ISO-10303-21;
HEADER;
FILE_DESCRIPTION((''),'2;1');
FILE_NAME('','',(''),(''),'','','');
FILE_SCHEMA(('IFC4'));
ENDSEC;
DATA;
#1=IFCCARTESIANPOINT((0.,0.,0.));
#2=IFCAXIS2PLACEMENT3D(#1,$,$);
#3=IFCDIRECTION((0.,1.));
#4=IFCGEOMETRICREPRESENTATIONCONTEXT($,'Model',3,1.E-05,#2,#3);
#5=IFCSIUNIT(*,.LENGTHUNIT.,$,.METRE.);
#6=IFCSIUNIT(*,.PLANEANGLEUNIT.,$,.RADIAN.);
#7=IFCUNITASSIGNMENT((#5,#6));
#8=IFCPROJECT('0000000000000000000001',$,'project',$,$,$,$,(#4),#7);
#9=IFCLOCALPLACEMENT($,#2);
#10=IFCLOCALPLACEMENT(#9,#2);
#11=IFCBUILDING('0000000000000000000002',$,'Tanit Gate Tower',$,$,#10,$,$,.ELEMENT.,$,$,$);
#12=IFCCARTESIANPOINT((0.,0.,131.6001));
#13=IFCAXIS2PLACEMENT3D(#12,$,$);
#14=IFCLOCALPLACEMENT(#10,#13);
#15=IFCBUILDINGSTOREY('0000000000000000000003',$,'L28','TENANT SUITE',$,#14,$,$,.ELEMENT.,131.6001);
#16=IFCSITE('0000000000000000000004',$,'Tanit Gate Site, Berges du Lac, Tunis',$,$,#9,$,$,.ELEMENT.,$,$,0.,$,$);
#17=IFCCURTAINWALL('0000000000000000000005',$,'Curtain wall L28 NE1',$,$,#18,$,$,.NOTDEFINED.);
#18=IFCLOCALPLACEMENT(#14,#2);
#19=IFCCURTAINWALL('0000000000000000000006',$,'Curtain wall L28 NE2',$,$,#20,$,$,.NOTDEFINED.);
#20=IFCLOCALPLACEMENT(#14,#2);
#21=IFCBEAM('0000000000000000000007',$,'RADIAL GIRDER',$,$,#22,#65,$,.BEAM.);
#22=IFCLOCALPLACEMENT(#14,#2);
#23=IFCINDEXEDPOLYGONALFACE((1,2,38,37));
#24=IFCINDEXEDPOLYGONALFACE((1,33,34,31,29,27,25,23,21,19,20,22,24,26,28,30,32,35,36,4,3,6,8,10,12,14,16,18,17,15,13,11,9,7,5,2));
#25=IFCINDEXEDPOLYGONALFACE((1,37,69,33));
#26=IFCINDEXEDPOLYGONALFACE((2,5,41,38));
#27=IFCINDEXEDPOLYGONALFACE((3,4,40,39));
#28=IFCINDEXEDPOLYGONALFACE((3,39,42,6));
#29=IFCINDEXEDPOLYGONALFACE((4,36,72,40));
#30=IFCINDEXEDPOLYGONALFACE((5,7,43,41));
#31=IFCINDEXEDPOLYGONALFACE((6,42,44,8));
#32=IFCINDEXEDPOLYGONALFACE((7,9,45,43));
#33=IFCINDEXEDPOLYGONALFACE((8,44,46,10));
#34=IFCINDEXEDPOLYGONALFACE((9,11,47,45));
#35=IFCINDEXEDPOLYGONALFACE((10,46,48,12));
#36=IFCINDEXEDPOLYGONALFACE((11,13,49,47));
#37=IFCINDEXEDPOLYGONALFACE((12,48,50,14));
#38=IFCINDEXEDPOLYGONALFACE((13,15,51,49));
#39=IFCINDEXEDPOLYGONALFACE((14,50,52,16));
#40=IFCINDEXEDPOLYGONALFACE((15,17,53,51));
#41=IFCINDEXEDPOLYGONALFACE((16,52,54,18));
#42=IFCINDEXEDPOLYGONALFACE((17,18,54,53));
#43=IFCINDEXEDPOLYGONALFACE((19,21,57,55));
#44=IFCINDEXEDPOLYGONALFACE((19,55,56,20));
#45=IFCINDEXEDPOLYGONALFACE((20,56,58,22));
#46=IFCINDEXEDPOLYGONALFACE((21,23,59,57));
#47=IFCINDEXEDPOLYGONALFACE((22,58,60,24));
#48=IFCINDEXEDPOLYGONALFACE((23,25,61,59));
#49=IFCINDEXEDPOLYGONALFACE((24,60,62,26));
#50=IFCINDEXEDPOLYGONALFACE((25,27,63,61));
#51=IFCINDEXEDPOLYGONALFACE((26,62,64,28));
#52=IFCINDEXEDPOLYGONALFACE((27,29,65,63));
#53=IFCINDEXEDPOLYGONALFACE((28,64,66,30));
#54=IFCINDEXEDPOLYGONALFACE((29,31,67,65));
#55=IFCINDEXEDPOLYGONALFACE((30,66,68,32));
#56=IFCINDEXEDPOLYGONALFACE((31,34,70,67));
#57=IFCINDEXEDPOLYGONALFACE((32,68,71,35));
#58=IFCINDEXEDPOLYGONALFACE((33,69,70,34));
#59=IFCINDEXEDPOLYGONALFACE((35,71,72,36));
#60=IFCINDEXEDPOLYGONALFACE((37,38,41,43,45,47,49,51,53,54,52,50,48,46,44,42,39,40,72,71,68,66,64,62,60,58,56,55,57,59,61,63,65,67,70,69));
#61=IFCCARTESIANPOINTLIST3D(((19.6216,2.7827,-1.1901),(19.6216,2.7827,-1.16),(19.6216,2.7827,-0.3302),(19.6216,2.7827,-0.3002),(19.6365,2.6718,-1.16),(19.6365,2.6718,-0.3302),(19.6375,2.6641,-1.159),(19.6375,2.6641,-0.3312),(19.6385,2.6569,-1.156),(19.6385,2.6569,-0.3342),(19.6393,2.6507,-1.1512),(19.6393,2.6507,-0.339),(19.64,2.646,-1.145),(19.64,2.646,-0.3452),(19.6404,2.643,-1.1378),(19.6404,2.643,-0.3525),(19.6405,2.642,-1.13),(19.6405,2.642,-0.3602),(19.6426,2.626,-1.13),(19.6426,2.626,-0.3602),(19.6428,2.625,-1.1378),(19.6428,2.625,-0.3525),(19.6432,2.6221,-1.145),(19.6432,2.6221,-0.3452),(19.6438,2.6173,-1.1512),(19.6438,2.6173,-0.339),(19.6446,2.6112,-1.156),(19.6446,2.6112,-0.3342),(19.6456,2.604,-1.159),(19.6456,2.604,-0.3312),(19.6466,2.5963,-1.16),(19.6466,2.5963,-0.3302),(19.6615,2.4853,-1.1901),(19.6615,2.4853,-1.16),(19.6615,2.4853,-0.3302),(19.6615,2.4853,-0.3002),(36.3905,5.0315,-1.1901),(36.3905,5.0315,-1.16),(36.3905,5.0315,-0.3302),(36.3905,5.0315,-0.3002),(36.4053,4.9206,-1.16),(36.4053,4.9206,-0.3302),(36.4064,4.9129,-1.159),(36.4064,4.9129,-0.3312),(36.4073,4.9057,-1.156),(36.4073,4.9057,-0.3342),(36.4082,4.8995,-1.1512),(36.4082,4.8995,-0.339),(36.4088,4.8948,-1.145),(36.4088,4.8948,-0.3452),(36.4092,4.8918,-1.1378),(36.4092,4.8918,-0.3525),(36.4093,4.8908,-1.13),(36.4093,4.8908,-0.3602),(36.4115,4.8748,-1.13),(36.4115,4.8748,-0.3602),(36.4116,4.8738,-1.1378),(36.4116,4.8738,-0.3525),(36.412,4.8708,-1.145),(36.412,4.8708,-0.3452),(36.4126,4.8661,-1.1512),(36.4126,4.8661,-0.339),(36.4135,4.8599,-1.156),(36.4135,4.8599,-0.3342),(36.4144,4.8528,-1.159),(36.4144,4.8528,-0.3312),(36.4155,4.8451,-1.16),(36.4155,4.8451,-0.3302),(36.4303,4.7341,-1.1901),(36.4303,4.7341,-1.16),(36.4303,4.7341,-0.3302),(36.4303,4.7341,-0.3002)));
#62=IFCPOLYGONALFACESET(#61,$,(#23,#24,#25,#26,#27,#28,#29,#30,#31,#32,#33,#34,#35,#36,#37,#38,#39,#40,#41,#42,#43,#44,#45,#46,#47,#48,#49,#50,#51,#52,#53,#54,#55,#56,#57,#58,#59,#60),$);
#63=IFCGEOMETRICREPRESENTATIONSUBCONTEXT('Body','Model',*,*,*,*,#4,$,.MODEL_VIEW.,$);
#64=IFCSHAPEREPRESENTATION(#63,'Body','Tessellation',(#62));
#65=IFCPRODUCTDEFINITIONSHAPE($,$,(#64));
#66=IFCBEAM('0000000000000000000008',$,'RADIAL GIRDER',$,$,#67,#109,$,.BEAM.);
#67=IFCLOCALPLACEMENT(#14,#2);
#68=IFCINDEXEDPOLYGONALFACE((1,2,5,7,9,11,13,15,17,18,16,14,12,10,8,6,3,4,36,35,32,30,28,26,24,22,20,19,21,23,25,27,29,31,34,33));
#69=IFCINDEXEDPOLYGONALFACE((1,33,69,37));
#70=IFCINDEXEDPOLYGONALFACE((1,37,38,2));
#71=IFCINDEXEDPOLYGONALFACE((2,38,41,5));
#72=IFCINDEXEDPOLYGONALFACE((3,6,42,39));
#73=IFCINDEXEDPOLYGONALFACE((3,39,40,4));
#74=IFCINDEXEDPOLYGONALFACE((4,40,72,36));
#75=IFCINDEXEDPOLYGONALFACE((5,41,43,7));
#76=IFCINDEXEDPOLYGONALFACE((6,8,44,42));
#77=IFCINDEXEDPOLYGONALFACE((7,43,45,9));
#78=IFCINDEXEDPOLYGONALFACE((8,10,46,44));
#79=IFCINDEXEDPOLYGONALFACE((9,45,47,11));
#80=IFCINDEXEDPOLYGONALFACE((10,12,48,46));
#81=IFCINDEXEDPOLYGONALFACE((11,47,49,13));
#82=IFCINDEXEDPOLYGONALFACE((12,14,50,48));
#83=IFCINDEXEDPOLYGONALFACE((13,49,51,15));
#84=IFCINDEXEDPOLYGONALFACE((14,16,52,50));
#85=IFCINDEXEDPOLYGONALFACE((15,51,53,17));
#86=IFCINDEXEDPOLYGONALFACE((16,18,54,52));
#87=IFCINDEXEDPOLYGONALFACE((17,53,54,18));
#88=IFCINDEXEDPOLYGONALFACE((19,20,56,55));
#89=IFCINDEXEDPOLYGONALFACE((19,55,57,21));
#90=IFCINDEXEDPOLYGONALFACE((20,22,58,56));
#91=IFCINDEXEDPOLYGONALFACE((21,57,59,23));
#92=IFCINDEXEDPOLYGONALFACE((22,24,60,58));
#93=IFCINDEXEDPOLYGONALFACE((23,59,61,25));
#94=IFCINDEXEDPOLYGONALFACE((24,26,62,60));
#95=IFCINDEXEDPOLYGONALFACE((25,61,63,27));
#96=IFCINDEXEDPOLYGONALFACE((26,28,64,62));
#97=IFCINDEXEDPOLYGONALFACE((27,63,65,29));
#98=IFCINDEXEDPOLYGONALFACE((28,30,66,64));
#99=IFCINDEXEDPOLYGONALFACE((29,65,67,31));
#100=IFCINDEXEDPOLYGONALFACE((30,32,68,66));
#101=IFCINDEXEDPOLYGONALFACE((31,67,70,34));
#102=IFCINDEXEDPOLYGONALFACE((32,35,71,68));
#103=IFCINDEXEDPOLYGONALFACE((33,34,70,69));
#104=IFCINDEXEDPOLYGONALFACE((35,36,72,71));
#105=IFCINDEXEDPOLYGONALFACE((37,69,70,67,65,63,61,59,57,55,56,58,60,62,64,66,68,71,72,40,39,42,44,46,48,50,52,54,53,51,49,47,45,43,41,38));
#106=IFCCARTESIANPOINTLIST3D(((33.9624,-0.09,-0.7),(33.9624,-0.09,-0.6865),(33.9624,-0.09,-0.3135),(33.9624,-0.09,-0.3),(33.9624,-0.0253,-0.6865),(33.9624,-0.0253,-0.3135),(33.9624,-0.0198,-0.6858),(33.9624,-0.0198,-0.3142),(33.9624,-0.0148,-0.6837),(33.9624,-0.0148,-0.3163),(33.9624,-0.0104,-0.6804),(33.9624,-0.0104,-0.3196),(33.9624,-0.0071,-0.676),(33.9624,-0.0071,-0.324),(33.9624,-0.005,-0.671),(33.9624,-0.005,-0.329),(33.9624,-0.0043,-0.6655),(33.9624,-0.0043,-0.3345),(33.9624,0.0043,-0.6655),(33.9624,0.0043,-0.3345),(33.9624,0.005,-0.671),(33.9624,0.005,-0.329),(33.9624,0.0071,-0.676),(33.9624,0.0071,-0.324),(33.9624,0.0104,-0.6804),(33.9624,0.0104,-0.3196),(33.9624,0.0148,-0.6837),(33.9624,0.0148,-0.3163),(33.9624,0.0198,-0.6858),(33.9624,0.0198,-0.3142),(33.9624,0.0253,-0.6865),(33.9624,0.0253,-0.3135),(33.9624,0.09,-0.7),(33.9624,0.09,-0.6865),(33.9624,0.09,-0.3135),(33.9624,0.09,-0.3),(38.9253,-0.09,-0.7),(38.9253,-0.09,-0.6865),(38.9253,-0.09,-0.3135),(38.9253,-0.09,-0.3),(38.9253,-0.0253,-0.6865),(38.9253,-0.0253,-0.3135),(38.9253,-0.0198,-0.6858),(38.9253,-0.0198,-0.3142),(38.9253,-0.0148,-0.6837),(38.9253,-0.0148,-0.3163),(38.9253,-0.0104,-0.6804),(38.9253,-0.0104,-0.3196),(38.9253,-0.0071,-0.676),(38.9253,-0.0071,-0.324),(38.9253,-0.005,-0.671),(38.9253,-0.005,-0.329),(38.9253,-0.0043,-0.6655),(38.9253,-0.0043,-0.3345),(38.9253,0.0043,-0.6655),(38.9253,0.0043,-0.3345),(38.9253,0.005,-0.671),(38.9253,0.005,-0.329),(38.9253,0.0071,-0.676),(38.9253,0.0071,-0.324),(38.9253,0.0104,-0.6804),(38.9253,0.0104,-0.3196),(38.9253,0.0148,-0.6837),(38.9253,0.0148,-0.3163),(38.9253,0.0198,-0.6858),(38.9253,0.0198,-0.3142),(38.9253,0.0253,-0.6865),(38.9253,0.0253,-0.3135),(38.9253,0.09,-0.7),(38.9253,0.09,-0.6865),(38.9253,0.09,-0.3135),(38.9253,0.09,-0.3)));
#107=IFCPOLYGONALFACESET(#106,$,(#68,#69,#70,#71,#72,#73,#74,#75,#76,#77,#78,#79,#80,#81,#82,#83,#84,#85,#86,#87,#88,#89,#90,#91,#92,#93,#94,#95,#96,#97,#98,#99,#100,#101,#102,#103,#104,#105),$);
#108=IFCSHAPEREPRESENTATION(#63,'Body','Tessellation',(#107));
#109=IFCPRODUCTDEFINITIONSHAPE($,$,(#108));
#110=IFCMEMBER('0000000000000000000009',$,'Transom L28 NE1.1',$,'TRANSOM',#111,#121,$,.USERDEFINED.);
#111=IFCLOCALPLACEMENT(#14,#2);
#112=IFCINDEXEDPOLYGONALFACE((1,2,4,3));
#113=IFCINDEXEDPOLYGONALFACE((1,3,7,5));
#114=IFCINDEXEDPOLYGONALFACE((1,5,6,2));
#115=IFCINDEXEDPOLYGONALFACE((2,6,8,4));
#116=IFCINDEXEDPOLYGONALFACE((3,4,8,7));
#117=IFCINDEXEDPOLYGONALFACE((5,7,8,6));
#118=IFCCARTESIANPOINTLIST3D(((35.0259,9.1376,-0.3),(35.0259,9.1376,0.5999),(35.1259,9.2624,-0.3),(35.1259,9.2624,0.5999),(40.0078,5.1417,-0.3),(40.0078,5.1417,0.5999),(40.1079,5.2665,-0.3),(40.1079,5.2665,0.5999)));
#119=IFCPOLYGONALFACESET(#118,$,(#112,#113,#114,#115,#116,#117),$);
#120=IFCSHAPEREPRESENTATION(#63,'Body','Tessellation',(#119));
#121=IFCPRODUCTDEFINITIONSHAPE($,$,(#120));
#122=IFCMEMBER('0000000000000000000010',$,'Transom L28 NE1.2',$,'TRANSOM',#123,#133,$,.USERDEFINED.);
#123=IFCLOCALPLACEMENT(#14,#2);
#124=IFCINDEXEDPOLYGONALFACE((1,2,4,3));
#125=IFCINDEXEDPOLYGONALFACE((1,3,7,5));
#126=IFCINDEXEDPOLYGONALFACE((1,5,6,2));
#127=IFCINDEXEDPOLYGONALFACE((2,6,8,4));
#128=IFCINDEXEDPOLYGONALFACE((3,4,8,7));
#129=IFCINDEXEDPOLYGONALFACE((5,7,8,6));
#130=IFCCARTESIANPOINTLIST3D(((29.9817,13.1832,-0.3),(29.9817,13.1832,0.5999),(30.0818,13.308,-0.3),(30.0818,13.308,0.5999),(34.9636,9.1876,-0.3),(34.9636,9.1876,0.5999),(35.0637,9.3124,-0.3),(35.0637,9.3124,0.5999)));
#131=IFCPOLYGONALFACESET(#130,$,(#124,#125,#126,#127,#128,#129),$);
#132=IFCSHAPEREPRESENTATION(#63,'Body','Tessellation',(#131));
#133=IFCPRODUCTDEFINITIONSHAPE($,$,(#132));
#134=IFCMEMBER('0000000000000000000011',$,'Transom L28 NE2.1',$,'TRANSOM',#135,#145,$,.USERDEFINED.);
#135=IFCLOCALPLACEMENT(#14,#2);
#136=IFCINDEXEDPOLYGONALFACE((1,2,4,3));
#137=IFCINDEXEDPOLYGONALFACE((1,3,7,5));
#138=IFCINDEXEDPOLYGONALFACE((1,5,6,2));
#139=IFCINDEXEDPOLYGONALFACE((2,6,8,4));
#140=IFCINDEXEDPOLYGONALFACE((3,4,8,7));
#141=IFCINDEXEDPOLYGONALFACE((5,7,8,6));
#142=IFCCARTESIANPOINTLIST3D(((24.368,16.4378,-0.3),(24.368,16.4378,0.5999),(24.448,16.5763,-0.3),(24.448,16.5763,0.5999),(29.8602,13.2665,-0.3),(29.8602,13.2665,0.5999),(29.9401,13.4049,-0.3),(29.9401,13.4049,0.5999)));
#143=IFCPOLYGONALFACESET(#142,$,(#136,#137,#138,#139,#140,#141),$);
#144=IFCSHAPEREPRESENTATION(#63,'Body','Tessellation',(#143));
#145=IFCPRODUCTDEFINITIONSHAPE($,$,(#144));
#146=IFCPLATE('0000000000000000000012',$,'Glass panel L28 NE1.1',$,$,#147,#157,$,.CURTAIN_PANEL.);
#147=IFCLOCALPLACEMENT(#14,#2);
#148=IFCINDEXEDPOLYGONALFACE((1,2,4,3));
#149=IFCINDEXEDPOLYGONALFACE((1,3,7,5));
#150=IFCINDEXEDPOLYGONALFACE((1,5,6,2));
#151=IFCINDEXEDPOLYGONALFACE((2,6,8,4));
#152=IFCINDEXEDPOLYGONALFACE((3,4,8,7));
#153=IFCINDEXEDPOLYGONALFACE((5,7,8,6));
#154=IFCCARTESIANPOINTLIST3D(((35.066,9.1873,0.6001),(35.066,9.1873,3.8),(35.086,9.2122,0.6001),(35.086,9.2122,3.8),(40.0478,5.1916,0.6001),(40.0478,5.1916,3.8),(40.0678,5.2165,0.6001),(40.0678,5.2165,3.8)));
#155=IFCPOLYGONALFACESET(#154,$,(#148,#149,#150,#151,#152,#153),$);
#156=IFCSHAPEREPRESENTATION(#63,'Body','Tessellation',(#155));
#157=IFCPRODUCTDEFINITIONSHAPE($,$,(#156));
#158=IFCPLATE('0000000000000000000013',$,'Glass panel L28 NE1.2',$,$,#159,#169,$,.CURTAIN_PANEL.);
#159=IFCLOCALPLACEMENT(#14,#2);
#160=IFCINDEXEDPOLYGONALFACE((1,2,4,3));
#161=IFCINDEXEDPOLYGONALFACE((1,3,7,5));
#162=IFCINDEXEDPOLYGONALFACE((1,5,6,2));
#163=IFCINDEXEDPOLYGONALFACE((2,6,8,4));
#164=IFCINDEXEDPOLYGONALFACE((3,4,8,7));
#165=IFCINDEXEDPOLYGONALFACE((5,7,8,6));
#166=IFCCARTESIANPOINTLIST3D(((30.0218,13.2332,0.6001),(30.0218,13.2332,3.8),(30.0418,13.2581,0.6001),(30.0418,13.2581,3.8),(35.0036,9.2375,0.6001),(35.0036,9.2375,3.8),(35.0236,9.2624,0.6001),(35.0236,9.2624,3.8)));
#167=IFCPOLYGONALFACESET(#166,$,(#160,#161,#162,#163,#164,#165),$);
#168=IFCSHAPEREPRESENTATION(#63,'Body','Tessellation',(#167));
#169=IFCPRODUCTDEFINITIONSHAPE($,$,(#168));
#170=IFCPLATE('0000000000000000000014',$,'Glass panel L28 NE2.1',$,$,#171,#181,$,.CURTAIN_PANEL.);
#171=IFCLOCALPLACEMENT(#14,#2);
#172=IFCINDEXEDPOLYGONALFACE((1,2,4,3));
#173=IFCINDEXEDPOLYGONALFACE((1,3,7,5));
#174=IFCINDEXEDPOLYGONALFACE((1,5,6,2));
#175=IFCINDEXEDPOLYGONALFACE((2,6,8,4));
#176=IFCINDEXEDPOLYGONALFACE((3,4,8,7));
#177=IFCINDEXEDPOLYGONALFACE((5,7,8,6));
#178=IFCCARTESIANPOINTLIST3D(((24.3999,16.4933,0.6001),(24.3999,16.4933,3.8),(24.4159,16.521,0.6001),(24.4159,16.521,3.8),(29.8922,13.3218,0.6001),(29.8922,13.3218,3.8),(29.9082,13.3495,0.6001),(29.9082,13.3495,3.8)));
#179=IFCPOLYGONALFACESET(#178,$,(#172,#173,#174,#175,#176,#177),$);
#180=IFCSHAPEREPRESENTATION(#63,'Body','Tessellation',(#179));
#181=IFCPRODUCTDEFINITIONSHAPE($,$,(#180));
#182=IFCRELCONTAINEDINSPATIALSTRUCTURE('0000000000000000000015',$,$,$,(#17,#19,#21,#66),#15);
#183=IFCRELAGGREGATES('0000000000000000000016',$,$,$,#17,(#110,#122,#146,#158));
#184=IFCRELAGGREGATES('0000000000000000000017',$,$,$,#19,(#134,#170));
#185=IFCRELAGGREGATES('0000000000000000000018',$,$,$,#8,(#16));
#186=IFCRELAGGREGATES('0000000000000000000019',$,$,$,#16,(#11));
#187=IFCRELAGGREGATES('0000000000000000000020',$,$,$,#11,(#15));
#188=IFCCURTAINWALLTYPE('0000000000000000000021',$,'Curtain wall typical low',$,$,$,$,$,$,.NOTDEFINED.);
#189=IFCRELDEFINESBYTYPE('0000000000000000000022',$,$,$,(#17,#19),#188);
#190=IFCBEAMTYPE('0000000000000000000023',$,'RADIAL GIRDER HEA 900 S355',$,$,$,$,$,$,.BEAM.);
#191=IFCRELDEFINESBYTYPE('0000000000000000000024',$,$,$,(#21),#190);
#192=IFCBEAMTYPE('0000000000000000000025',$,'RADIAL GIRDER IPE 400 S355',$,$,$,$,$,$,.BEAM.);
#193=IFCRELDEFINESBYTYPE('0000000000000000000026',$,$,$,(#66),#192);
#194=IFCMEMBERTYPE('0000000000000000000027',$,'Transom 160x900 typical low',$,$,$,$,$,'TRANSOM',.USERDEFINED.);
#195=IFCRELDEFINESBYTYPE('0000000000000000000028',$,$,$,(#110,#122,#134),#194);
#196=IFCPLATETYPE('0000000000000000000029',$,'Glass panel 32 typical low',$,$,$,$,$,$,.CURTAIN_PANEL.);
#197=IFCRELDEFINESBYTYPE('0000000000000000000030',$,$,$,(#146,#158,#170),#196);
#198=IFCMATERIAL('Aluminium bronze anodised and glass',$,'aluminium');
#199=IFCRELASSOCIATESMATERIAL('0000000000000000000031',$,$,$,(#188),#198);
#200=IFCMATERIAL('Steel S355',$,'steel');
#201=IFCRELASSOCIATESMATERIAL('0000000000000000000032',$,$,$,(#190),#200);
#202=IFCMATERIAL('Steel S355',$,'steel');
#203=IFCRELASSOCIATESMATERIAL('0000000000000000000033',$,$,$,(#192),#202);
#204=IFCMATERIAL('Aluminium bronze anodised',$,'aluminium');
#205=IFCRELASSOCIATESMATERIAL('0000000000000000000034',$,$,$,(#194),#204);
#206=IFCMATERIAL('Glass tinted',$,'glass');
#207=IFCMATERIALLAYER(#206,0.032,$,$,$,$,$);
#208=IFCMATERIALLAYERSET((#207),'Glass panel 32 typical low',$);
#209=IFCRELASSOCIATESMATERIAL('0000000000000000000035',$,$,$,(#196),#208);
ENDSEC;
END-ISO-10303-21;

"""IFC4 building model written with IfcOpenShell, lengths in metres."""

from ifc_helpers import new_model, si_unit, direction, frame, origin, origin_2d, place, context, subcontext, project, spatial, rectangle, i_section, extrude, material, layer, layer_set, material_profile, profile_set, type_object, element, aggregate, save


model = new_model("IFC4")

# Units and contexts
model_context = context("Model", 3, precision=1e-05, world=origin(), true_north=direction((0.0, 1.0)))
body_context = subcontext(model_context, "Body", "Model", "MODEL_VIEW")
ifc_project = project(units=[si_unit("LENGTHUNIT", "METRE"), si_unit("PLANEANGLEUNIT", "RADIAN")], contexts=[model_context])

# Site, building, storey
site_placement = place(None, origin())
site = spatial("IfcSite", under=ifc_project, at=site_placement, Name="Tanit Gate Site, Berges du Lac, Tunis", CompositionType="ELEMENT", RefElevation=0.0)
building_placement = place(site_placement, origin())
building = spatial("IfcBuilding", under=site, at=building_placement, Name="Tanit Gate Tower", CompositionType="ELEMENT")
storey_placement = place(building_placement, frame((0.0, 0.0, 131.6001)))
storey = spatial("IfcBuildingStorey", under=building, at=storey_placement, Name="L28", Description="TENANT SUITE", CompositionType="ELEMENT", Elevation=131.6001)

# Curtain walls
ifc_material_1 = material(Name="Aluminium bronze anodised and glass", Category="aluminium")
curtain_wall_type = type_object("IfcCurtainWallType", Name="Curtain wall typical low", PredefinedType="NOTDEFINED", material=ifc_material_1)
curtain_wall_1_placement = place(storey_placement, origin())
curtain_wall_1 = element("IfcCurtainWall", 1, at=curtain_wall_1_placement, inside=storey, type_object=curtain_wall_type, Name="Curtain wall L28 NE1", PredefinedType="NOTDEFINED")
curtain_wall_2_placement = place(storey_placement, origin())
curtain_wall_2 = element("IfcCurtainWall", 2, at=curtain_wall_2_placement, inside=storey, type_object=curtain_wall_type, Name="Curtain wall L28 NE2", PredefinedType="NOTDEFINED")

# Beams
ifc_material_2 = material(Name="Steel S355", Category="steel")
ifc_material_profile_1 = material_profile(ifc_material_2, i_section(OverallWidth=0.3, OverallDepth=0.8899, WebThickness=0.0161, FlangeThickness=0.03, FilletRadius=0.03, at=origin_2d()), Name="HEA 900")
ifc_profile_set_1 = profile_set([ifc_material_profile_1], Name="Steel S355")
beam_type_1 = type_object("IfcBeamType", Name="RADIAL GIRDER HEA 900 S355", PredefinedType="BEAM", material=ifc_profile_set_1)
beam_1_placement = place(storey_placement, frame((36.4104, 4.8828, -0.7451), z_axis=(-0.991127, -0.132915, 0.0), x_axis=(0.132915, -0.991127, 0.0)))
element("IfcBeam", 3, at=beam_1_placement, inside=storey, type_object=beam_type_1, Name="RADIAL GIRDER", PredefinedType="BEAM", context=body_context, shape_type="SweptSolid", body=[
    extrude(i_section(OverallWidth=0.3, OverallDepth=0.8899, WebThickness=0.0161, FlangeThickness=0.03, FilletRadius=0.03, at=origin_2d()), origin(), (0.0, 0.0, 1.0), 16.9189),
])
ifc_material_3 = material(Name="Steel S355", Category="steel")
ifc_material_profile_2 = material_profile(ifc_material_3, i_section(OverallWidth=0.1799, OverallDepth=0.3999, WebThickness=0.0085, FlangeThickness=0.0134, FilletRadius=0.021, at=origin_2d()), Name="IPE 400")
ifc_profile_set_2 = profile_set([ifc_material_profile_2], Name="Steel S355")
beam_type_2 = type_object("IfcBeamType", Name="RADIAL GIRDER IPE 400 S355", PredefinedType="BEAM", material=ifc_profile_set_2)
beam_2_placement = place(storey_placement, frame((38.9253, 0.0, -0.5), z_axis=(-1.0, 0.0, 0.0), x_axis=(0.0, -1.0, 0.0)))
element("IfcBeam", 4, at=beam_2_placement, inside=storey, type_object=beam_type_2, Name="RADIAL GIRDER", PredefinedType="BEAM", context=body_context, shape_type="SweptSolid", body=[
    extrude(i_section(OverallWidth=0.1799, OverallDepth=0.3999, WebThickness=0.0085, FlangeThickness=0.0134, FilletRadius=0.021, at=origin_2d()), origin(), (0.0, 0.0, 1.0), 4.9629),
])

# Members
ifc_material_4 = material(Name="Aluminium bronze anodised", Category="aluminium")
ifc_material_profile_3 = material_profile(ifc_material_4, rectangle(XDim=0.1599, YDim=0.8999, at=origin_2d()), Name="160x900 bronze transom")
ifc_profile_set_3 = profile_set([ifc_material_profile_3], Name="Aluminium bronze anodised")
member_type_1 = type_object("IfcMemberType", Name="Transom 160x900 typical low", ElementType="TRANSOM", PredefinedType="USERDEFINED", material=ifc_profile_set_3)
member_1_placement = place(storey_placement, frame((40.0579, 5.2041, 0.1499), z_axis=(-0.780081, 0.625678, 0.0), x_axis=(-0.625678, -0.780081, 0.0)))
member_1 = element("IfcMember", 5, at=member_1_placement, type_object=member_type_1, Name="Transom L28 NE1.1", ObjectType="TRANSOM", PredefinedType="USERDEFINED", context=body_context, shape_type="SweptSolid", body=[
    extrude(rectangle(XDim=0.1599, YDim=0.8999, at=origin_2d()), origin(), (0.0, 0.0, 1.0), 6.3865),
])
member_2_placement = place(storey_placement, frame((35.0137, 9.25, 0.1499), z_axis=(-0.7801, 0.625655, 0.0), x_axis=(-0.625655, -0.7801, 0.0)))
member_2 = element("IfcMember", 6, at=member_2_placement, type_object=member_type_1, Name="Transom L28 NE1.2", ObjectType="TRANSOM", PredefinedType="USERDEFINED", context=body_context, shape_type="SweptSolid", body=[
    extrude(rectangle(XDim=0.1599, YDim=0.8999, at=origin_2d()), origin(), (0.0, 0.0, 1.0), 6.3862),
])
member_3_placement = place(storey_placement, frame((29.9001, 13.3357, 0.1499), z_axis=(-0.865993, 0.500056, 0.0), x_axis=(-0.500056, -0.865993, 0.0)))
member_3 = element("IfcMember", 7, at=member_3_placement, type_object=member_type_1, Name="Transom L28 NE2.1", ObjectType="TRANSOM", PredefinedType="USERDEFINED", context=body_context, shape_type="SweptSolid", body=[
    extrude(rectangle(XDim=0.1599, YDim=0.8999, at=origin_2d()), origin(), (0.0, 0.0, 1.0), 6.342),
])

# Plates
ifc_material_5 = material(Name="Glass tinted", Category="glass")
ifc_layer_1 = layer(ifc_material_5, 0.032)
ifc_layer_set_1 = layer_set([ifc_layer_1], Name="Glass panel 32 typical low")
plate_type = type_object("IfcPlateType", Name="Glass panel 32 typical low", PredefinedType="CURTAIN_PANEL", material=ifc_layer_set_1)
plate_1_placement = place(storey_placement, frame((37.5669, 7.2019, 0.6001), z_axis=(0.0, 0.0, 1.0), x_axis=(-0.780085, 0.625674, 0.0)))
plate_1 = element("IfcPlate", 8, at=plate_1_placement, type_object=plate_type, Name="Glass panel L28 NE1.1", PredefinedType="CURTAIN_PANEL", context=body_context, shape_type="SweptSolid", body=[
    extrude(rectangle(XDim=6.3862, YDim=0.032, at=origin_2d()), origin(), (0.0, 0.0, 1.0), 3.2),
])
plate_2_placement = place(storey_placement, frame((32.5227, 11.2478, 0.6001), z_axis=(0.0, 0.0, 1.0), x_axis=(-0.780085, 0.625674, 0.0)))
plate_2 = element("IfcPlate", 9, at=plate_2_placement, type_object=plate_type, Name="Glass panel L28 NE1.2", PredefinedType="CURTAIN_PANEL", context=body_context, shape_type="SweptSolid", body=[
    extrude(rectangle(XDim=6.3862, YDim=0.032, at=origin_2d()), origin(), (0.0, 0.0, 1.0), 3.2),
])
aggregate(curtain_wall_1, [member_1, member_2, plate_1, plate_2])
plate_3_placement = place(storey_placement, frame((27.1541, 14.9214, 0.6001), z_axis=(0.0, 0.0, 1.0), x_axis=(-0.865991, 0.50006, 0.0)))
plate_3 = element("IfcPlate", 10, at=plate_3_placement, type_object=plate_type, Name="Glass panel L28 NE2.1", PredefinedType="CURTAIN_PANEL", context=body_context, shape_type="SweptSolid", body=[
    extrude(rectangle(XDim=6.3423, YDim=0.032, at=origin_2d()), origin(), (0.0, 0.0, 1.0), 3.2),
])
aggregate(curtain_wall_2, [member_3, plate_3])

save(model, "model.ifc")
